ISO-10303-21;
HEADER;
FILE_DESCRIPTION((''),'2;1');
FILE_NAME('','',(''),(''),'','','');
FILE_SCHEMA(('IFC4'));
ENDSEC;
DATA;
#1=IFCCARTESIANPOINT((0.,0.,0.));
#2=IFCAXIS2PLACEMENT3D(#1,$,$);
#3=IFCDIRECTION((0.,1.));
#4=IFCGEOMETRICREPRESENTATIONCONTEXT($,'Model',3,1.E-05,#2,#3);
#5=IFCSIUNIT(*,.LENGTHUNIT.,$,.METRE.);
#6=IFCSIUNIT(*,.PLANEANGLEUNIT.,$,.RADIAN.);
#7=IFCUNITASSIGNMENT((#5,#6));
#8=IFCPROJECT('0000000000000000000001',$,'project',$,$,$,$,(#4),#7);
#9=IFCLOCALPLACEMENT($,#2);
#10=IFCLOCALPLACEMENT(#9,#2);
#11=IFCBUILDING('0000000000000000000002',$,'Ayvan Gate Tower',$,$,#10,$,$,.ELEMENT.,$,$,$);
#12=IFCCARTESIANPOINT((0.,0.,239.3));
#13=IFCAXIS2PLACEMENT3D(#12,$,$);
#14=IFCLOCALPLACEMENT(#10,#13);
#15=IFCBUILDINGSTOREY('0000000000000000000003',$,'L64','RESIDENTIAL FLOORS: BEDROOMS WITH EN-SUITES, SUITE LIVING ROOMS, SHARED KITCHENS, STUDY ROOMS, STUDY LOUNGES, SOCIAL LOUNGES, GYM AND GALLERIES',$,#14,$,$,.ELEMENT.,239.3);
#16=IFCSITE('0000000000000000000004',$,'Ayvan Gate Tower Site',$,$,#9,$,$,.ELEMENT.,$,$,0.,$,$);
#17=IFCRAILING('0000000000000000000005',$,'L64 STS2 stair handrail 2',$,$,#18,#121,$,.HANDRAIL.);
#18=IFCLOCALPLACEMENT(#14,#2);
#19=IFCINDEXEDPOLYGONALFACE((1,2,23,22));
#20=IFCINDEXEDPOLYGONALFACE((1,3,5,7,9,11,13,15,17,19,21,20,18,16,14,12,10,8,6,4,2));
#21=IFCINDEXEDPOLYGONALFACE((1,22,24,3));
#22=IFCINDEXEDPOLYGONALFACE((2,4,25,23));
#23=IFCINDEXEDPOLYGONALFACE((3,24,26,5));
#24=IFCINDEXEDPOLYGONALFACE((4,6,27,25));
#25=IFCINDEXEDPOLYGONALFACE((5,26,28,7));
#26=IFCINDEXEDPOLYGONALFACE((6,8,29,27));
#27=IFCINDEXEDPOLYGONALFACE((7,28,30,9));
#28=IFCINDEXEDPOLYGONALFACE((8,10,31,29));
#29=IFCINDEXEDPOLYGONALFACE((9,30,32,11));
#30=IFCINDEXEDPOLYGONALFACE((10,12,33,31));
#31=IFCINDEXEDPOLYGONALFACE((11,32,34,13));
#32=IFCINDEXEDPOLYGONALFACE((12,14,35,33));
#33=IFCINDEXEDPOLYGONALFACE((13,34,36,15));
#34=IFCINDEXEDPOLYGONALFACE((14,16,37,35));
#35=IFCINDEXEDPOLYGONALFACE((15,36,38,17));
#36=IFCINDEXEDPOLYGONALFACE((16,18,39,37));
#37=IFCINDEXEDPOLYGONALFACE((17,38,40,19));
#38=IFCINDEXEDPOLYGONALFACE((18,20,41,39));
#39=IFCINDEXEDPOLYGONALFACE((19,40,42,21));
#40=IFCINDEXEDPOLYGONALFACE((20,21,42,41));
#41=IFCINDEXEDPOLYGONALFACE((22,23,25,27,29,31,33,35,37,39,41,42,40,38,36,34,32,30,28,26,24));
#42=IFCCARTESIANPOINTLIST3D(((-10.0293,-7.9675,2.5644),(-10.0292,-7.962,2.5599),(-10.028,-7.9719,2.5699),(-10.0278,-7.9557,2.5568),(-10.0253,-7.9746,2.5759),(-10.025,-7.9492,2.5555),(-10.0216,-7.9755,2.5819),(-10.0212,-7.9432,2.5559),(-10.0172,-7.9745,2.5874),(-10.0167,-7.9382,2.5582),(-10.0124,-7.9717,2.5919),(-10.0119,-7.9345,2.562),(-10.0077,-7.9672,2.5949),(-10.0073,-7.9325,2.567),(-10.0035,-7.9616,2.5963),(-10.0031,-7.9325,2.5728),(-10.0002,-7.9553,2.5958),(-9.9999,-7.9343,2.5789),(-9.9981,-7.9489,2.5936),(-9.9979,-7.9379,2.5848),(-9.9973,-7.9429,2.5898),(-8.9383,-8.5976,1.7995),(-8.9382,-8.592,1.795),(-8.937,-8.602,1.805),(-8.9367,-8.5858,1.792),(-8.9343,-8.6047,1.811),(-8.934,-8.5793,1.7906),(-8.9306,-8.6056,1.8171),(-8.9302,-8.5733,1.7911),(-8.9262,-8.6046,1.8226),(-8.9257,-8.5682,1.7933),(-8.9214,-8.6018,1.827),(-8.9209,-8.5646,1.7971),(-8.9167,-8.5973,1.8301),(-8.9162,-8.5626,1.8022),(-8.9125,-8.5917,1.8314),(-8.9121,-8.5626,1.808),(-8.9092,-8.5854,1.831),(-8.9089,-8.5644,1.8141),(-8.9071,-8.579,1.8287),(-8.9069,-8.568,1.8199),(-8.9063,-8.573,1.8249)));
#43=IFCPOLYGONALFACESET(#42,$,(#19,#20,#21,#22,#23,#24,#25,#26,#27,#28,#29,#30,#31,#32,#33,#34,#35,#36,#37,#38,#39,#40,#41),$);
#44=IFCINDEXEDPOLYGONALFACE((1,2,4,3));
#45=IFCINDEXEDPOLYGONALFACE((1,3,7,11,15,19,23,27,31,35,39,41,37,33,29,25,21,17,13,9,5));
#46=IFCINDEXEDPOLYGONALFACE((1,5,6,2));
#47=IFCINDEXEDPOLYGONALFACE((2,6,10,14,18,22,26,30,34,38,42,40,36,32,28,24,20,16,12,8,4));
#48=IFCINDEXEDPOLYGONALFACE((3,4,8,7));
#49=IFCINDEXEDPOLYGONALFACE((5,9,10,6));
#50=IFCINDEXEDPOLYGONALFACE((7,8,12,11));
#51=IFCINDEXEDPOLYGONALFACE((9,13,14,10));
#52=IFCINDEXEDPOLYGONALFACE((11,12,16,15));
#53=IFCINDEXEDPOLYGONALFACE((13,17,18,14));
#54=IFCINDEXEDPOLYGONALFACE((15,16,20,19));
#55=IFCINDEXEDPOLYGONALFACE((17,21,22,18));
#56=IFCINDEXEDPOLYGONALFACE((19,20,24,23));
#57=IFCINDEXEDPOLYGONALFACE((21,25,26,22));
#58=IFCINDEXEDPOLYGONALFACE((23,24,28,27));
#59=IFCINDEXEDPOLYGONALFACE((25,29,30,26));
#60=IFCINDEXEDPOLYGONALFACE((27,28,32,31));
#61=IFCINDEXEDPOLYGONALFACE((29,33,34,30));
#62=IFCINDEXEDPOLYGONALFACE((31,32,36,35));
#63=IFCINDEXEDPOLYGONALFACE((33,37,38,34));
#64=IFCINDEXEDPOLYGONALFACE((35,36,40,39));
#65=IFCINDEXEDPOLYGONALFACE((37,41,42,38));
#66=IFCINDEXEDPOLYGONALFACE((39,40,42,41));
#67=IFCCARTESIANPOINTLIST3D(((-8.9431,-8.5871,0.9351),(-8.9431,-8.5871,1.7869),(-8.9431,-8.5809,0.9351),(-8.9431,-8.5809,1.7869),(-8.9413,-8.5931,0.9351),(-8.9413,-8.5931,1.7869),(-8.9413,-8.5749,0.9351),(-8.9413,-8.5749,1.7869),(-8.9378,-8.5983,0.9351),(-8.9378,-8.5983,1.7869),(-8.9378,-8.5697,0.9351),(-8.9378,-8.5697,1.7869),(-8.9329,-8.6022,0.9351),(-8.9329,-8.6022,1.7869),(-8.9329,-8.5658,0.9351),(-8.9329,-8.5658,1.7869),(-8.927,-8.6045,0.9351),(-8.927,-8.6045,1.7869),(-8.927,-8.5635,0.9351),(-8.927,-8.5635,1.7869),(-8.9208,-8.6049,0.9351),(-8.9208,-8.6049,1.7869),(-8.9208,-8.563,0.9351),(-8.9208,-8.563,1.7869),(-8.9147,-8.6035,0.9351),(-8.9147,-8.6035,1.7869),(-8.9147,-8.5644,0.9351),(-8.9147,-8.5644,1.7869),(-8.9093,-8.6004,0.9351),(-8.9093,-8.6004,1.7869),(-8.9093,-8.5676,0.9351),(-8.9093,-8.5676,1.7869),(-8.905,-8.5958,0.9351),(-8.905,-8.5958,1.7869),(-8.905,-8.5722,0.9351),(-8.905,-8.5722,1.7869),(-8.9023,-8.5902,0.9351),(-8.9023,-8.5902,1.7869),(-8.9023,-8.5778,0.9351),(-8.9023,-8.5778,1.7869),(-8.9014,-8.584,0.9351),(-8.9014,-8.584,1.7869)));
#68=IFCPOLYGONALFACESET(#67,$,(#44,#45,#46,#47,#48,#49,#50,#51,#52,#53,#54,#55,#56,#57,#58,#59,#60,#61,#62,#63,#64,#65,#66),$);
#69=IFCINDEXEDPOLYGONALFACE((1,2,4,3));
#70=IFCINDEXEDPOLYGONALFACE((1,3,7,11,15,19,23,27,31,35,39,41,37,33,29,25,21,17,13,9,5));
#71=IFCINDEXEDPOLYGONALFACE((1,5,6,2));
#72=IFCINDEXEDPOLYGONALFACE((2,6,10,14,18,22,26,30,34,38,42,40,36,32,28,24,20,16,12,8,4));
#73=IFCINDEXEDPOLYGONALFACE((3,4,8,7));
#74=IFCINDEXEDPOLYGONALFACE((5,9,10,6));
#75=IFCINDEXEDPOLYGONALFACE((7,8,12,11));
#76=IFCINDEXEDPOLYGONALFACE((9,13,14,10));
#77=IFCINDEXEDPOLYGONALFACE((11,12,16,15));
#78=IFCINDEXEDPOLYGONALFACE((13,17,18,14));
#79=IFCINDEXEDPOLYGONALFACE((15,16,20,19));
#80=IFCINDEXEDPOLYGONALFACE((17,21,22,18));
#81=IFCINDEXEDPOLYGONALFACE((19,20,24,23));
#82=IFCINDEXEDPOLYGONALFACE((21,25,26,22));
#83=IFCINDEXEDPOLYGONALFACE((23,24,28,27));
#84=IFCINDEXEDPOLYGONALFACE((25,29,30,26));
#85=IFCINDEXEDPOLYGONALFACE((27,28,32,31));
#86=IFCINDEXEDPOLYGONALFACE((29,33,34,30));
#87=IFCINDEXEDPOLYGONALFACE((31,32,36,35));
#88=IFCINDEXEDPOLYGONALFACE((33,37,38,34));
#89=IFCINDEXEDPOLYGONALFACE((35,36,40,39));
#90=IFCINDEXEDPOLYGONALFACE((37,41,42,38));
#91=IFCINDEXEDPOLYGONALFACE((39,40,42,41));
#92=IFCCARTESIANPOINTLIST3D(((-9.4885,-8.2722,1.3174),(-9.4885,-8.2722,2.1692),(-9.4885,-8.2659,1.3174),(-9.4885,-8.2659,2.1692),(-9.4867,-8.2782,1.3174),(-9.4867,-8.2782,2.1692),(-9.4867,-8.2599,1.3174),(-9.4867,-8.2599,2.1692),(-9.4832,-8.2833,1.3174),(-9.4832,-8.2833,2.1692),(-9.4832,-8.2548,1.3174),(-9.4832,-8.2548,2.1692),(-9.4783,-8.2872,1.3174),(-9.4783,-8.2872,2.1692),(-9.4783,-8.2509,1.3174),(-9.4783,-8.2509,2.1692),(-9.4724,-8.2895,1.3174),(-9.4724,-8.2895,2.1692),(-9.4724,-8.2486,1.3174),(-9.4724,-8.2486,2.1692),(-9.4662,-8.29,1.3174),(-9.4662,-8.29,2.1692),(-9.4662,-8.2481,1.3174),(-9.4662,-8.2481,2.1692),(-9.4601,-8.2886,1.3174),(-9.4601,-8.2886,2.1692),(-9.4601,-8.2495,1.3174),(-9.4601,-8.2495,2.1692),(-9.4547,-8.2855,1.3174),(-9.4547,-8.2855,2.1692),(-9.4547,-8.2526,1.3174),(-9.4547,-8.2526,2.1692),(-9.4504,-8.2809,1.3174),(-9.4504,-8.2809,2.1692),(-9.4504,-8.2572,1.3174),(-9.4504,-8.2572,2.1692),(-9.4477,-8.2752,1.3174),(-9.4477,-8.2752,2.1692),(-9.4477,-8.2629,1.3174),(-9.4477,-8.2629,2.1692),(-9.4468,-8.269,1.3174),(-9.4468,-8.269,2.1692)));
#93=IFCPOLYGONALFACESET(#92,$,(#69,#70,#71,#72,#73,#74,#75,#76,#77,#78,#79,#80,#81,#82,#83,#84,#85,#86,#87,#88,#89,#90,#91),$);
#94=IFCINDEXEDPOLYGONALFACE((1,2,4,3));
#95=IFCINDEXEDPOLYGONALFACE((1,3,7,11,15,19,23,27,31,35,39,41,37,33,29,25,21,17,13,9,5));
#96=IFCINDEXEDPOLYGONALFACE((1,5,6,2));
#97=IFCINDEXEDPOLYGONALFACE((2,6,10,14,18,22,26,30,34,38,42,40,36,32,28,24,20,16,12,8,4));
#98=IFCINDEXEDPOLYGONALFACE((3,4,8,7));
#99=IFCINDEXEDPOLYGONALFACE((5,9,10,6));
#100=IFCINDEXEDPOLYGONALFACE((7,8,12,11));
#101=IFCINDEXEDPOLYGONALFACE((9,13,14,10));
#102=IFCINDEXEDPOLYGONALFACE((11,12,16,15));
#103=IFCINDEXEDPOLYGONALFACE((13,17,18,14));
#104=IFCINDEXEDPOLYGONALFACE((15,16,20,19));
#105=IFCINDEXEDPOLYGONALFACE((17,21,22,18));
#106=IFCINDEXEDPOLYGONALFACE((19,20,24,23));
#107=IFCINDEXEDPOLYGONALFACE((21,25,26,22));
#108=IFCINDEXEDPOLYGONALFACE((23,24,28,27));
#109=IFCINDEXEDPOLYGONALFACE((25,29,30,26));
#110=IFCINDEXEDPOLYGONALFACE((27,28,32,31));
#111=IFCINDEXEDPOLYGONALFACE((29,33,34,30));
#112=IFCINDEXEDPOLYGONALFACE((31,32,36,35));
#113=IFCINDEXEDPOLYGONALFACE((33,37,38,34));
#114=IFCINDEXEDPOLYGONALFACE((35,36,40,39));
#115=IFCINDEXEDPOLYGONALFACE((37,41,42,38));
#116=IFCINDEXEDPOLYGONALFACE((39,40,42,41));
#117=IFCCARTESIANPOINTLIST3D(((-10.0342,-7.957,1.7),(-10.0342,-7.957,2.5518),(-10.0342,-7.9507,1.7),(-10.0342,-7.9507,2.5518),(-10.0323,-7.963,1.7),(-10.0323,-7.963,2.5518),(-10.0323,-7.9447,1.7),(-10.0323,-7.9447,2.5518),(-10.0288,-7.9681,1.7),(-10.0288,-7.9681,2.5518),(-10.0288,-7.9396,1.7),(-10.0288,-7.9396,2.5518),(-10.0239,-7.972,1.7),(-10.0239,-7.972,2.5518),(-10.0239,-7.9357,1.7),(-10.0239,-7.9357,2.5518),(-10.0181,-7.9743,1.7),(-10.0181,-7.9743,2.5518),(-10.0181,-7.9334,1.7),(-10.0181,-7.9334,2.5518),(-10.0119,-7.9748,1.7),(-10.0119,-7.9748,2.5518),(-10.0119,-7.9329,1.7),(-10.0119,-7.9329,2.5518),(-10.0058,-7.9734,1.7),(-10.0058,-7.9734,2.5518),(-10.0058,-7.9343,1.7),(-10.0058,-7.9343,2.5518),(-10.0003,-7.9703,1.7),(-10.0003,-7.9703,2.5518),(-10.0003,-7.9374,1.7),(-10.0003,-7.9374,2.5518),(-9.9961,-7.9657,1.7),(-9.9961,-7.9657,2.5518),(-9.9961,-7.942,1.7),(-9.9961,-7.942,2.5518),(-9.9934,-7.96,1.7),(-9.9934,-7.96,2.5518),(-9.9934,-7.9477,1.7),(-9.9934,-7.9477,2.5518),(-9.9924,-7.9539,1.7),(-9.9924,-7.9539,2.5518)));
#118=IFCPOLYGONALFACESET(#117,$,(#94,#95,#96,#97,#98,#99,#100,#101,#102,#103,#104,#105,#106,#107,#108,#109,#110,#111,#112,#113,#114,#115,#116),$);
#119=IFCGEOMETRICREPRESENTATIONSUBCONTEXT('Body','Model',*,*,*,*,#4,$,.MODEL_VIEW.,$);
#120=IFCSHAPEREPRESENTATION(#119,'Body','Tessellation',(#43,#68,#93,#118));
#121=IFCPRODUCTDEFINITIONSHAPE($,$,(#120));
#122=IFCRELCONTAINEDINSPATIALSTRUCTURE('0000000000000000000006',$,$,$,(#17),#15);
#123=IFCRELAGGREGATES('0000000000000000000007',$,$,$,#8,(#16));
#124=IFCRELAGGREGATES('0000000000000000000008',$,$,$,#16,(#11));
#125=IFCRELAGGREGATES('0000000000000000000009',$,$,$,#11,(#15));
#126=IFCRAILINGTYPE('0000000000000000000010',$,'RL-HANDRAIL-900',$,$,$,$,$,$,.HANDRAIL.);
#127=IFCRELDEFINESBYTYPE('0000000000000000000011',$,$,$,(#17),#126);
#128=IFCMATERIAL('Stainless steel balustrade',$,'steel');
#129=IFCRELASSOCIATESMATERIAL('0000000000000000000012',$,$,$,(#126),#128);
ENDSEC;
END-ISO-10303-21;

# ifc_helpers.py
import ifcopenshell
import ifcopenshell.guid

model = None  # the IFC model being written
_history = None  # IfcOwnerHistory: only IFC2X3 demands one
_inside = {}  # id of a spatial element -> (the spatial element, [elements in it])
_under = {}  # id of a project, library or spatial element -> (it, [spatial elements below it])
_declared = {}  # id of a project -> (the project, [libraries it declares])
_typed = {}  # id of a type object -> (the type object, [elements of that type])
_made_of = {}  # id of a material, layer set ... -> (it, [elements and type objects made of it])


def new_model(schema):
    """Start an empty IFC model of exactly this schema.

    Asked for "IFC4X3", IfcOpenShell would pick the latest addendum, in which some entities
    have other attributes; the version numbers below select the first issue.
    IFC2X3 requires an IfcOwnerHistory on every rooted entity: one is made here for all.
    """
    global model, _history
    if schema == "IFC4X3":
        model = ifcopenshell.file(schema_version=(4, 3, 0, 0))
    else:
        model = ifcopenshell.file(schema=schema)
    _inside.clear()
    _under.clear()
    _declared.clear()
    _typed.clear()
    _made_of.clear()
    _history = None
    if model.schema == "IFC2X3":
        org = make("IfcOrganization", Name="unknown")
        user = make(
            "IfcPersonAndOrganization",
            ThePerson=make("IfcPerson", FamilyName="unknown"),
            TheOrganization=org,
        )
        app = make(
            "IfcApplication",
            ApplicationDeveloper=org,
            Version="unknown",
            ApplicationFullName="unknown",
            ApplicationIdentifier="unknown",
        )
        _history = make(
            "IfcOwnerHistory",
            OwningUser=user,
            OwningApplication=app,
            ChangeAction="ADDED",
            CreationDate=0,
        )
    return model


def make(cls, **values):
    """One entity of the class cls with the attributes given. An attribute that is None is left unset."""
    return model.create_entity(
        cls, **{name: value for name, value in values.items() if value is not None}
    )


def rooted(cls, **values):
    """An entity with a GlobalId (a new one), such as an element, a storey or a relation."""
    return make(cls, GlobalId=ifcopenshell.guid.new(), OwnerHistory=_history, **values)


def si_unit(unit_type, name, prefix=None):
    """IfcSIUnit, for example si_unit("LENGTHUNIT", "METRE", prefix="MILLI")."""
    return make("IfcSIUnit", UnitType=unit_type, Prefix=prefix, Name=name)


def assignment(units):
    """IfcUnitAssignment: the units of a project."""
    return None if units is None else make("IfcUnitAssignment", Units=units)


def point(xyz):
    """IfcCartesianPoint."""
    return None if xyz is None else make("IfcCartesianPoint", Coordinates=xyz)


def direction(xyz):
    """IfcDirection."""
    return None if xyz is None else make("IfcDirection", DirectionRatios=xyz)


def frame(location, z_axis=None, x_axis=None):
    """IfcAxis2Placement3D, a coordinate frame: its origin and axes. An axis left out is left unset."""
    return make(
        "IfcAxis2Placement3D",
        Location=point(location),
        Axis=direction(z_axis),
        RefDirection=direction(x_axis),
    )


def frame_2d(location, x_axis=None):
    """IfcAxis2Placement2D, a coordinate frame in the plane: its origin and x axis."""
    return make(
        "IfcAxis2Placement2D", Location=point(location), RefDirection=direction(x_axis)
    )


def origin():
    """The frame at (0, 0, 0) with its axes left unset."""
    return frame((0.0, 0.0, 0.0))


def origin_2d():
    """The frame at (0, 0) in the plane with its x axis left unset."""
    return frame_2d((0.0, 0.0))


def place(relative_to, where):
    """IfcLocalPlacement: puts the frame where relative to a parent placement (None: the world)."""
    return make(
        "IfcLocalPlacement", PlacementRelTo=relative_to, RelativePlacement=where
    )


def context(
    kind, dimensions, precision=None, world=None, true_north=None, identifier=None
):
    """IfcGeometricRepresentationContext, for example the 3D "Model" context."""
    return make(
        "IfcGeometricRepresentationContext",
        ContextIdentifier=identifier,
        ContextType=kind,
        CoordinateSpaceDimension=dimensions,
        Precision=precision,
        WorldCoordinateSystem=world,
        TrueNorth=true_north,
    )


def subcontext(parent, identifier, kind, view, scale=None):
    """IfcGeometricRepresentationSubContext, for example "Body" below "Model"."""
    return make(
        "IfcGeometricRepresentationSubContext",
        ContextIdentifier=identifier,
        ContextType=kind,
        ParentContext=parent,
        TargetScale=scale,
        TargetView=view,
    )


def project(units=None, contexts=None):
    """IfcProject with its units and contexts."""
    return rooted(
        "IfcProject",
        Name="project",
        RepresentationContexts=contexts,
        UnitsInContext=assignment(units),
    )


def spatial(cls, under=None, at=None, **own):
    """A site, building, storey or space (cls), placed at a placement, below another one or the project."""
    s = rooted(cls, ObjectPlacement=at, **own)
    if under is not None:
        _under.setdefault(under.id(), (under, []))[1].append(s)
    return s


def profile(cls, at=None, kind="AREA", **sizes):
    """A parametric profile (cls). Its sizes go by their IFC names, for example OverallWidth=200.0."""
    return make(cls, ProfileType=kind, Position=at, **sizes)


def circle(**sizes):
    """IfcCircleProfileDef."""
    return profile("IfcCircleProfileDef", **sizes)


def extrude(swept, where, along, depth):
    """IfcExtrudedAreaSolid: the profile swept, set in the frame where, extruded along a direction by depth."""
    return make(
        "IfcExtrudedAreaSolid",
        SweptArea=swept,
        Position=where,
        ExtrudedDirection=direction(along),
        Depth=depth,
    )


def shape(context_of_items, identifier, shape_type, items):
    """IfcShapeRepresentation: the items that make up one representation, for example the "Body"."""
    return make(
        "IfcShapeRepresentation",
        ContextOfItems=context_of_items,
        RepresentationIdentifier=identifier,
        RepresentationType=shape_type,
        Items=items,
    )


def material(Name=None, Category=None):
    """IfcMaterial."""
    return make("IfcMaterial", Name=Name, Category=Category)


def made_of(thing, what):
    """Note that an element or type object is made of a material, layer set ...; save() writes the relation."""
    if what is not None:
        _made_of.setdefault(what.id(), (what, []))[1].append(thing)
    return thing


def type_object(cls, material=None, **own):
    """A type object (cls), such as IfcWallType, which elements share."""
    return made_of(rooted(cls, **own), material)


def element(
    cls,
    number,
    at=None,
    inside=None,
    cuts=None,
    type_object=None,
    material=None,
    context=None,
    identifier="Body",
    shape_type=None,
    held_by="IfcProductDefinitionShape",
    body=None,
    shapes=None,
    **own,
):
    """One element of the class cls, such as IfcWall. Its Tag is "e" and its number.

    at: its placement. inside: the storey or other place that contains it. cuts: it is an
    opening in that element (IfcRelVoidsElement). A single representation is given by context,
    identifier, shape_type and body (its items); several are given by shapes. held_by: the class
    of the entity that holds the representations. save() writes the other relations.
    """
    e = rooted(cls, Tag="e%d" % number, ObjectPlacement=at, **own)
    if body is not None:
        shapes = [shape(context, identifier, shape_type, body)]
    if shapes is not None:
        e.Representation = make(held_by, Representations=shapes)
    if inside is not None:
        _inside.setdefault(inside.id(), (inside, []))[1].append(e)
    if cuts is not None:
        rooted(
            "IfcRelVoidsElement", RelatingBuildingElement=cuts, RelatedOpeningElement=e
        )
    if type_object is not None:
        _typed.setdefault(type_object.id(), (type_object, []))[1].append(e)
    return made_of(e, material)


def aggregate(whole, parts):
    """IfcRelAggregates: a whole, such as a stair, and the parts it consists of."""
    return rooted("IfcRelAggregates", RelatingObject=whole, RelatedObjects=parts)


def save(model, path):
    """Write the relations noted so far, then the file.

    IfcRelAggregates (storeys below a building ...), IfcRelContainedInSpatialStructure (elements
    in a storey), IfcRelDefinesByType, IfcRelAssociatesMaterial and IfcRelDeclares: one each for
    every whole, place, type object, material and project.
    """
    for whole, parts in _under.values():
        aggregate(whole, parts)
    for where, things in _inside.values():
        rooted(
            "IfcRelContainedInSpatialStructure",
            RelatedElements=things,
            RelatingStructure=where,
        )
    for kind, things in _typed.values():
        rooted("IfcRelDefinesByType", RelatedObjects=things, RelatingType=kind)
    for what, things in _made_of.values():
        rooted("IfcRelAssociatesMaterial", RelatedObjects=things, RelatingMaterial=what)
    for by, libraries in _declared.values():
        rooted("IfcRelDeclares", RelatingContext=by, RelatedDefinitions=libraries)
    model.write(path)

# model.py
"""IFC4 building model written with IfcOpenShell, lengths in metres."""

from ifc_helpers import new_model, si_unit, direction, frame, origin, origin_2d, place, context, subcontext, project, spatial, circle, extrude, material, type_object, element, save


model = new_model("IFC4")

# Units and contexts
model_context = context("Model", 3, precision=1e-05, world=origin(), true_north=direction((0.0, 1.0)))
body_context = subcontext(model_context, "Body", "Model", "MODEL_VIEW")
ifc_project = project(units=[si_unit("LENGTHUNIT", "METRE"), si_unit("PLANEANGLEUNIT", "RADIAN")], contexts=[model_context])

# Site, building, storey
site_placement = place(None, origin())
site = spatial("IfcSite", under=ifc_project, at=site_placement, Name="Ayvan Gate Tower Site", CompositionType="ELEMENT", RefElevation=0.0)
building_placement = place(site_placement, origin())
building = spatial("IfcBuilding", under=site, at=building_placement, Name="Ayvan Gate Tower", CompositionType="ELEMENT")
storey_placement = place(building_placement, frame((0.0, 0.0, 239.3)))
storey = spatial("IfcBuildingStorey", under=building, at=storey_placement, Name="L64", Description="RESIDENTIAL FLOORS: BEDROOMS WITH EN-SUITES, SUITE LIVING ROOMS, SHARED KITCHENS, STUDY ROOMS, STUDY LOUNGES, SOCIAL LOUNGES, GYM AND GALLERIES", CompositionType="ELEMENT", Elevation=239.3)

# Railing
ifc_material_1 = material(Name="Stainless steel balustrade", Category="steel")
railing_type_1 = type_object("IfcRailingType", Name="RL-HANDRAIL-900", PredefinedType="HANDRAIL", material=ifc_material_1)
railing_1_placement = place(storey_placement, frame((-8.9224, -8.584, 0.9351)))
element("IfcRailing", 1, at=railing_1_placement, inside=storey, type_object=railing_type_1, Name="L64 STS2 stair handrail 2", PredefinedType="HANDRAIL", context=body_context, shape_type="SweptSolid", body=[
    extrude(circle(Radius=0.0239, at=origin_2d()), frame((0.0, 0.0, 0.876), z_axis=(-0.740229, 0.427508, 0.518939), x_axis=(-0.500119, -0.865956, 0.0)), (0.0, 0.0, 1.0), 1.4739),
    extrude(circle(Radius=0.021, at=origin_2d()), origin(), (0.0, 0.0, 1.0), 0.8518),
    extrude(circle(Radius=0.021, at=origin_2d()), frame((-0.5454, 0.3149, 0.3823)), (0.0, 0.0, 1.0), 0.8518),
    extrude(circle(Radius=0.021, at=origin_2d()), frame((-1.0911, 0.6301, 0.7649)), (0.0, 0.0, 1.0), 0.8518),
])

save(model, "model.ifc")
